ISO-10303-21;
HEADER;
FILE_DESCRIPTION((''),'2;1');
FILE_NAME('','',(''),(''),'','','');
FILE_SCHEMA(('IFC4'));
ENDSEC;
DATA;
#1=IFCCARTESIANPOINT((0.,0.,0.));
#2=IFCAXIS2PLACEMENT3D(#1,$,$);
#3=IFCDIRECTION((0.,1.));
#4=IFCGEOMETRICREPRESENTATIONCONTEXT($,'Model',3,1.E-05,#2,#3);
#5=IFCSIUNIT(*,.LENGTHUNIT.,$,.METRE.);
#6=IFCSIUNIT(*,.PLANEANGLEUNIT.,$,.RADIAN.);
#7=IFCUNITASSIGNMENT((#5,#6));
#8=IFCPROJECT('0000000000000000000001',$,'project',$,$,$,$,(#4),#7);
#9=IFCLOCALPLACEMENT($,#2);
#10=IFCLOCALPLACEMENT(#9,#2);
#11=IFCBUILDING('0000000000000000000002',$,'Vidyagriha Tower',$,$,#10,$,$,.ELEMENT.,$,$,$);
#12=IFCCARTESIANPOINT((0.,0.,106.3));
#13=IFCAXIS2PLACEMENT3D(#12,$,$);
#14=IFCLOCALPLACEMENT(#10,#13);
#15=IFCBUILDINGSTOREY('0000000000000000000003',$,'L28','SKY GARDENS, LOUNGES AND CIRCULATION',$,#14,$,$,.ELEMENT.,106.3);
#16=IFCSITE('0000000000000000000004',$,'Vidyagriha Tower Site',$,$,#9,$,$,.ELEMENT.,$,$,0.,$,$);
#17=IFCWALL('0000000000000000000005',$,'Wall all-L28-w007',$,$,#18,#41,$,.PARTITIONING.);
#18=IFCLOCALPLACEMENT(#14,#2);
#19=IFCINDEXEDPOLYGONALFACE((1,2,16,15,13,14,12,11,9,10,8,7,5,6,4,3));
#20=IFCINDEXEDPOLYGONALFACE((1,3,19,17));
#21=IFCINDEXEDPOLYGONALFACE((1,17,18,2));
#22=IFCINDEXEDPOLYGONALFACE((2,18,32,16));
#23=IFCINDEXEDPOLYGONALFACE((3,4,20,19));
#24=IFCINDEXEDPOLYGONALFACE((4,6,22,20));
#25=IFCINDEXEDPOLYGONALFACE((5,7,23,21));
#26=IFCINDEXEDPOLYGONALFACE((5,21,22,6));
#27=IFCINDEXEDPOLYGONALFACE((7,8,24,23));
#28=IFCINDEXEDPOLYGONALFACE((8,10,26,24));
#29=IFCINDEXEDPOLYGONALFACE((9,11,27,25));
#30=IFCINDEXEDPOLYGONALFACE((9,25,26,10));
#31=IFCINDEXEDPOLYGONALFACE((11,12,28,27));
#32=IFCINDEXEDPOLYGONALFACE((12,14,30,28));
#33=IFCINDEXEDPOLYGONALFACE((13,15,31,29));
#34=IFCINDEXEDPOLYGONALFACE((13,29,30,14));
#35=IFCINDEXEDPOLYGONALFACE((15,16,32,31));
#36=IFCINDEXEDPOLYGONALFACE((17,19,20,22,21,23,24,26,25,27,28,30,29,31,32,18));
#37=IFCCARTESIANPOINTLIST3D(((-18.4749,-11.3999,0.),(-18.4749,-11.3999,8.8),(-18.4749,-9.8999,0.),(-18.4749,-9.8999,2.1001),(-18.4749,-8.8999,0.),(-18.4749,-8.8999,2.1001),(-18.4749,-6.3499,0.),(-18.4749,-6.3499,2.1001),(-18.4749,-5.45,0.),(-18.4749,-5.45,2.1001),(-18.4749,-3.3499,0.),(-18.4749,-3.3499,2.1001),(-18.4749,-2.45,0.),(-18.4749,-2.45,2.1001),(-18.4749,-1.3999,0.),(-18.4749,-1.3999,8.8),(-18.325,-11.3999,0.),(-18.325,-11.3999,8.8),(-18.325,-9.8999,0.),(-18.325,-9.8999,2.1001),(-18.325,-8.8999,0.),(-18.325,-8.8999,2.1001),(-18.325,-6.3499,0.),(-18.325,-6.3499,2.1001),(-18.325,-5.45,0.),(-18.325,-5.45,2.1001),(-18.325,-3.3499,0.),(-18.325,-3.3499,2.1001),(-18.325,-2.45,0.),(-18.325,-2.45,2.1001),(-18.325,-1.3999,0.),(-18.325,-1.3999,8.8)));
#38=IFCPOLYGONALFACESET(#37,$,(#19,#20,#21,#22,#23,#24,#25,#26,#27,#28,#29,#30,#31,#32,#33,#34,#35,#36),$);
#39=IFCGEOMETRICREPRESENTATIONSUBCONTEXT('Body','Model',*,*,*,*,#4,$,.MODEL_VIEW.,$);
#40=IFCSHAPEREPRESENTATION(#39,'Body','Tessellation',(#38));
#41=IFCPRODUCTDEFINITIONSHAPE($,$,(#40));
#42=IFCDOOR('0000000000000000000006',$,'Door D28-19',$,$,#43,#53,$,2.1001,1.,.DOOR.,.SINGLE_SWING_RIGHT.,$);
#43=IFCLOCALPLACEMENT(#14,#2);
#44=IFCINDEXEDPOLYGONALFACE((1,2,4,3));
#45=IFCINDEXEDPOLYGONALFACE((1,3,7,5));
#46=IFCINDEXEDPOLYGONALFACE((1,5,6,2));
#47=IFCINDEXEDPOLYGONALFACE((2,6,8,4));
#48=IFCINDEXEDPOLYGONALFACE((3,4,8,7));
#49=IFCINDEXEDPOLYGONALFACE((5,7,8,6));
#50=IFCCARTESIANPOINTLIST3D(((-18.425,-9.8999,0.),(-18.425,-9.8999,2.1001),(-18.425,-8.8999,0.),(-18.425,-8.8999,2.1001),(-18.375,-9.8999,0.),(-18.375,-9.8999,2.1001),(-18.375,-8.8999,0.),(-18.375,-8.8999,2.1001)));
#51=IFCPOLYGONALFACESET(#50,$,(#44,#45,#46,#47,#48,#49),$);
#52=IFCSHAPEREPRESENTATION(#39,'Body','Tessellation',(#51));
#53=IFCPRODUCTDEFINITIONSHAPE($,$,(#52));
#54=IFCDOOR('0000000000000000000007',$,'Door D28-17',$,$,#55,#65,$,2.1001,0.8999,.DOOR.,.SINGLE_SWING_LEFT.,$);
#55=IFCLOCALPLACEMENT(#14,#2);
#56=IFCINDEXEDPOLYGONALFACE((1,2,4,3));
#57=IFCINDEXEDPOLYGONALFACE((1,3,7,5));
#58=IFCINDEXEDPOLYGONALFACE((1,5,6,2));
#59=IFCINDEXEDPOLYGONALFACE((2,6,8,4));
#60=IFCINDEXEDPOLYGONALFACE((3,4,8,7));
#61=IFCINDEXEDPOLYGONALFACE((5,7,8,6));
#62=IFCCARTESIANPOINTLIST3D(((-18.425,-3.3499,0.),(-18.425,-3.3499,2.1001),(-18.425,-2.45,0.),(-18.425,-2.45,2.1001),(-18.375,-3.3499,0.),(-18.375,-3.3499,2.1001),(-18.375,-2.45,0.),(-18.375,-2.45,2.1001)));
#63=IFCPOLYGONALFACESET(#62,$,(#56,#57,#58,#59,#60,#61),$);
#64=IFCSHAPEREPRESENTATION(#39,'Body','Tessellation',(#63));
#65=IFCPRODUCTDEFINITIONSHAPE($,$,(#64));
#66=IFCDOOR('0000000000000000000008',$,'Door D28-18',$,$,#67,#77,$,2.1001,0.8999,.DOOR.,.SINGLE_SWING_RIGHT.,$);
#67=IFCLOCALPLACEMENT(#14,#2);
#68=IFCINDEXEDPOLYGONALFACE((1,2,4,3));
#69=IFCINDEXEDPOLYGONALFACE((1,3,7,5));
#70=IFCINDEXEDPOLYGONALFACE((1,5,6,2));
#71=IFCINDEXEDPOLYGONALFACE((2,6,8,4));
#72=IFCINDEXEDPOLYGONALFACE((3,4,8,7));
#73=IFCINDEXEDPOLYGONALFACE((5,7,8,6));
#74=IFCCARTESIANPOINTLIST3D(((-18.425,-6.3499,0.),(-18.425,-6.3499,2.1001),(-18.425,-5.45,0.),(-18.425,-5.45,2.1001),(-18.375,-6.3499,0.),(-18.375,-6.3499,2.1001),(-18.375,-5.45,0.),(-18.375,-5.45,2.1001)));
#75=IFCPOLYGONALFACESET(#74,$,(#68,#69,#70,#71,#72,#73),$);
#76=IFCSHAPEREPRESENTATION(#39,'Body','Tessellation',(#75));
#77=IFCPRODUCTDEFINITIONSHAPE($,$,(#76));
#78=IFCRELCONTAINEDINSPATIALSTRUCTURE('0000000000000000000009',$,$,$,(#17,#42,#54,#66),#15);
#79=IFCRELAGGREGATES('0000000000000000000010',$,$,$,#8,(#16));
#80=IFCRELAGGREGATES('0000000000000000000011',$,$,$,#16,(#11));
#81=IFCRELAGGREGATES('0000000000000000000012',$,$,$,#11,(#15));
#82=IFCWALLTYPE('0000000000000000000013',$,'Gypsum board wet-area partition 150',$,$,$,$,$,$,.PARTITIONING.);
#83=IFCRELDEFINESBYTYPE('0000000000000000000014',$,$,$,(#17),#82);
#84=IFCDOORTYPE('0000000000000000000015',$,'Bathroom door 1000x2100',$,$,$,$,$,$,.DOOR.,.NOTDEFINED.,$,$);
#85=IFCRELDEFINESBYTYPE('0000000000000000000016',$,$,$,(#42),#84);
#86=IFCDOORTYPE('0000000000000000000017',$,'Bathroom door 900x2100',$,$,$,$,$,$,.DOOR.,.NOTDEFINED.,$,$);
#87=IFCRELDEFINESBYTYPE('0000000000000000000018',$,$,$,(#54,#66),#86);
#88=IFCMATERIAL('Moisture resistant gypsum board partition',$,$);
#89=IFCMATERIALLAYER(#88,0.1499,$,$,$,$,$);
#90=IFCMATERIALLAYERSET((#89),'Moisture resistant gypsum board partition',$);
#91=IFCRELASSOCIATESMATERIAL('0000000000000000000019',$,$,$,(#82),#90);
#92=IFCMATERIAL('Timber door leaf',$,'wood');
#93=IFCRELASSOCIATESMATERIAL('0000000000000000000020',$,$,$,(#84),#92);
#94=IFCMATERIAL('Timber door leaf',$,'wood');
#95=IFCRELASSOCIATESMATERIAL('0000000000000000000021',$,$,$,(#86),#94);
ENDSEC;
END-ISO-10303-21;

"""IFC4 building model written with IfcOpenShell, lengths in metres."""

from ifc_helpers import new_model, si_unit, direction, frame, frame_2d, origin, place, context, subcontext, project, spatial, rectangle, extrude, material, layer, layer_set, type_object, element, fill, save


model = new_model("IFC4")

# Units and contexts
model_context = context("Model", 3, precision=1e-05, world=origin(), true_north=direction((0.0, 1.0)))
body_context = subcontext(model_context, "Body", "Model", "MODEL_VIEW")
ifc_project = project(units=[si_unit("LENGTHUNIT", "METRE"), si_unit("PLANEANGLEUNIT", "RADIAN")], contexts=[model_context])

# Site, building, storey
site_placement = place(None, origin())
site = spatial("IfcSite", under=ifc_project, at=site_placement, Name="Vidyagriha Tower Site", CompositionType="ELEMENT", RefElevation=0.0)
building_placement = place(site_placement, origin())
building = spatial("IfcBuilding", under=site, at=building_placement, Name="Vidyagriha Tower", CompositionType="ELEMENT")
storey_placement = place(building_placement, frame((0.0, 0.0, 106.3)))
storey = spatial("IfcBuildingStorey", under=building, at=storey_placement, Name="L28", Description="SKY GARDENS, LOUNGES AND CIRCULATION", CompositionType="ELEMENT", Elevation=106.3)

# Wall, openings, doors
ifc_material_1 = material(Name="Moisture resistant gypsum board partition")
ifc_layer_1 = layer(ifc_material_1, 0.1499)
ifc_layer_set_1 = layer_set([ifc_layer_1], Name="Moisture resistant gypsum board partition")
wall_type_1 = type_object("IfcWallType", Name="Gypsum board wet-area partition 150", PredefinedType="PARTITIONING", material=ifc_layer_set_1)
wall_1_placement = place(storey_placement, frame((-18.3999, -1.3999, 0.0), z_axis=(0.0, 0.0, 1.0), x_axis=(0.0, -1.0, 0.0)))
wall_1 = element("IfcWall", 1, at=wall_1_placement, inside=storey, type_object=wall_type_1, Name="Wall all-L28-w007", PredefinedType="PARTITIONING", context=body_context, shape_type="SweptSolid", body=[
    extrude(rectangle(XDim=10.0, YDim=0.1499, at=frame_2d((5.0, 0.0))), origin(), (0.0, 0.0, 1.0), 8.8),
])
opening_1_placement = place(wall_1_placement, frame((1.05, 0.0, 0.0)))
opening_1 = element("IfcOpeningElement", 2, at=opening_1_placement, cuts=wall_1, PredefinedType="OPENING", context=body_context, shape_type="SweptSolid", body=[
    extrude(rectangle(XDim=0.8999, YDim=2.1001, at=frame_2d((0.45, 1.05))), frame((0.0, 0.085, 0.0), z_axis=(0.0, -1.0, 0.0), x_axis=(1.0, 0.0, 0.0)), (0.0, 0.0, 1.0), 0.1699),
])
opening_2_placement = place(wall_1_placement, frame((4.05, 0.0, 0.0)))
opening_2 = element("IfcOpeningElement", 3, at=opening_2_placement, cuts=wall_1, PredefinedType="OPENING", context=body_context, shape_type="SweptSolid", body=[
    extrude(rectangle(XDim=0.8999, YDim=2.1001, at=frame_2d((0.45, 1.05))), frame((0.0, 0.085, 0.0), z_axis=(0.0, -1.0, 0.0), x_axis=(1.0, 0.0, 0.0)), (0.0, 0.0, 1.0), 0.1699),
])
opening_3_placement = place(wall_1_placement, frame((7.5, 0.0, 0.0)))
opening_3 = element("IfcOpeningElement", 4, at=opening_3_placement, cuts=wall_1, PredefinedType="OPENING", context=body_context, shape_type="SweptSolid", body=[
    extrude(rectangle(XDim=1.0, YDim=2.1001, at=frame_2d((0.5, 1.05))), frame((0.0, 0.085, 0.0), z_axis=(0.0, -1.0, 0.0), x_axis=(1.0, 0.0, 0.0)), (0.0, 0.0, 1.0), 0.1699),
])
ifc_material_2 = material(Name="Timber door leaf", Category="wood")
door_type_1 = type_object("IfcDoorType", Name="Bathroom door 1000x2100", OperationType="NOTDEFINED", PredefinedType="DOOR", material=ifc_material_2)
door_1_placement = place(opening_3_placement, origin())
door_1 = element("IfcDoor", 5, at=door_1_placement, inside=storey, type_object=door_type_1, Name="Door D28-19", OperationType="SINGLE_SWING_RIGHT", OverallHeight=2.1001, OverallWidth=1.0, PredefinedType="DOOR", context=body_context, shape_type="SweptSolid", body=[
    extrude(rectangle(XDim=1.0, YDim=2.1001, at=frame_2d((0.5, 1.05))), frame((0.0, 0.0249, 0.0), z_axis=(0.0, -1.0, 0.0), x_axis=(1.0, 0.0, 0.0)), (0.0, 0.0, 1.0), 0.05),
])
fill(opening_3, door_1)
ifc_material_3 = material(Name="Timber door leaf", Category="wood")
door_type_2 = type_object("IfcDoorType", Name="Bathroom door 900x2100", OperationType="NOTDEFINED", PredefinedType="DOOR", material=ifc_material_3)
door_2_placement = place(opening_1_placement, origin())
door_2 = element("IfcDoor", 6, at=door_2_placement, inside=storey, type_object=door_type_2, Name="Door D28-17", OperationType="SINGLE_SWING_LEFT", OverallHeight=2.1001, OverallWidth=0.8999, PredefinedType="DOOR", context=body_context, shape_type="SweptSolid", body=[
    extrude(rectangle(XDim=0.8999, YDim=2.1001, at=frame_2d((0.45, 1.05))), frame((0.0, 0.0249, 0.0), z_axis=(0.0, -1.0, 0.0), x_axis=(1.0, 0.0, 0.0)), (0.0, 0.0, 1.0), 0.05),
])
fill(opening_1, door_2)
door_3_placement = place(opening_2_placement, origin())
door_3 = element("IfcDoor", 7, at=door_3_placement, inside=storey, type_object=door_type_2, Name="Door D28-18", OperationType="SINGLE_SWING_RIGHT", OverallHeight=2.1001, OverallWidth=0.8999, PredefinedType="DOOR", context=body_context, shape_type="SweptSolid", body=[
    extrude(rectangle(XDim=0.8999, YDim=2.1001, at=frame_2d((0.45, 1.05))), frame((0.0, 0.0249, 0.0), z_axis=(0.0, -1.0, 0.0), x_axis=(1.0, 0.0, 0.0)), (0.0, 0.0, 1.0), 0.05),
])
fill(opening_2, door_3)

save(model, "model.ifc")
